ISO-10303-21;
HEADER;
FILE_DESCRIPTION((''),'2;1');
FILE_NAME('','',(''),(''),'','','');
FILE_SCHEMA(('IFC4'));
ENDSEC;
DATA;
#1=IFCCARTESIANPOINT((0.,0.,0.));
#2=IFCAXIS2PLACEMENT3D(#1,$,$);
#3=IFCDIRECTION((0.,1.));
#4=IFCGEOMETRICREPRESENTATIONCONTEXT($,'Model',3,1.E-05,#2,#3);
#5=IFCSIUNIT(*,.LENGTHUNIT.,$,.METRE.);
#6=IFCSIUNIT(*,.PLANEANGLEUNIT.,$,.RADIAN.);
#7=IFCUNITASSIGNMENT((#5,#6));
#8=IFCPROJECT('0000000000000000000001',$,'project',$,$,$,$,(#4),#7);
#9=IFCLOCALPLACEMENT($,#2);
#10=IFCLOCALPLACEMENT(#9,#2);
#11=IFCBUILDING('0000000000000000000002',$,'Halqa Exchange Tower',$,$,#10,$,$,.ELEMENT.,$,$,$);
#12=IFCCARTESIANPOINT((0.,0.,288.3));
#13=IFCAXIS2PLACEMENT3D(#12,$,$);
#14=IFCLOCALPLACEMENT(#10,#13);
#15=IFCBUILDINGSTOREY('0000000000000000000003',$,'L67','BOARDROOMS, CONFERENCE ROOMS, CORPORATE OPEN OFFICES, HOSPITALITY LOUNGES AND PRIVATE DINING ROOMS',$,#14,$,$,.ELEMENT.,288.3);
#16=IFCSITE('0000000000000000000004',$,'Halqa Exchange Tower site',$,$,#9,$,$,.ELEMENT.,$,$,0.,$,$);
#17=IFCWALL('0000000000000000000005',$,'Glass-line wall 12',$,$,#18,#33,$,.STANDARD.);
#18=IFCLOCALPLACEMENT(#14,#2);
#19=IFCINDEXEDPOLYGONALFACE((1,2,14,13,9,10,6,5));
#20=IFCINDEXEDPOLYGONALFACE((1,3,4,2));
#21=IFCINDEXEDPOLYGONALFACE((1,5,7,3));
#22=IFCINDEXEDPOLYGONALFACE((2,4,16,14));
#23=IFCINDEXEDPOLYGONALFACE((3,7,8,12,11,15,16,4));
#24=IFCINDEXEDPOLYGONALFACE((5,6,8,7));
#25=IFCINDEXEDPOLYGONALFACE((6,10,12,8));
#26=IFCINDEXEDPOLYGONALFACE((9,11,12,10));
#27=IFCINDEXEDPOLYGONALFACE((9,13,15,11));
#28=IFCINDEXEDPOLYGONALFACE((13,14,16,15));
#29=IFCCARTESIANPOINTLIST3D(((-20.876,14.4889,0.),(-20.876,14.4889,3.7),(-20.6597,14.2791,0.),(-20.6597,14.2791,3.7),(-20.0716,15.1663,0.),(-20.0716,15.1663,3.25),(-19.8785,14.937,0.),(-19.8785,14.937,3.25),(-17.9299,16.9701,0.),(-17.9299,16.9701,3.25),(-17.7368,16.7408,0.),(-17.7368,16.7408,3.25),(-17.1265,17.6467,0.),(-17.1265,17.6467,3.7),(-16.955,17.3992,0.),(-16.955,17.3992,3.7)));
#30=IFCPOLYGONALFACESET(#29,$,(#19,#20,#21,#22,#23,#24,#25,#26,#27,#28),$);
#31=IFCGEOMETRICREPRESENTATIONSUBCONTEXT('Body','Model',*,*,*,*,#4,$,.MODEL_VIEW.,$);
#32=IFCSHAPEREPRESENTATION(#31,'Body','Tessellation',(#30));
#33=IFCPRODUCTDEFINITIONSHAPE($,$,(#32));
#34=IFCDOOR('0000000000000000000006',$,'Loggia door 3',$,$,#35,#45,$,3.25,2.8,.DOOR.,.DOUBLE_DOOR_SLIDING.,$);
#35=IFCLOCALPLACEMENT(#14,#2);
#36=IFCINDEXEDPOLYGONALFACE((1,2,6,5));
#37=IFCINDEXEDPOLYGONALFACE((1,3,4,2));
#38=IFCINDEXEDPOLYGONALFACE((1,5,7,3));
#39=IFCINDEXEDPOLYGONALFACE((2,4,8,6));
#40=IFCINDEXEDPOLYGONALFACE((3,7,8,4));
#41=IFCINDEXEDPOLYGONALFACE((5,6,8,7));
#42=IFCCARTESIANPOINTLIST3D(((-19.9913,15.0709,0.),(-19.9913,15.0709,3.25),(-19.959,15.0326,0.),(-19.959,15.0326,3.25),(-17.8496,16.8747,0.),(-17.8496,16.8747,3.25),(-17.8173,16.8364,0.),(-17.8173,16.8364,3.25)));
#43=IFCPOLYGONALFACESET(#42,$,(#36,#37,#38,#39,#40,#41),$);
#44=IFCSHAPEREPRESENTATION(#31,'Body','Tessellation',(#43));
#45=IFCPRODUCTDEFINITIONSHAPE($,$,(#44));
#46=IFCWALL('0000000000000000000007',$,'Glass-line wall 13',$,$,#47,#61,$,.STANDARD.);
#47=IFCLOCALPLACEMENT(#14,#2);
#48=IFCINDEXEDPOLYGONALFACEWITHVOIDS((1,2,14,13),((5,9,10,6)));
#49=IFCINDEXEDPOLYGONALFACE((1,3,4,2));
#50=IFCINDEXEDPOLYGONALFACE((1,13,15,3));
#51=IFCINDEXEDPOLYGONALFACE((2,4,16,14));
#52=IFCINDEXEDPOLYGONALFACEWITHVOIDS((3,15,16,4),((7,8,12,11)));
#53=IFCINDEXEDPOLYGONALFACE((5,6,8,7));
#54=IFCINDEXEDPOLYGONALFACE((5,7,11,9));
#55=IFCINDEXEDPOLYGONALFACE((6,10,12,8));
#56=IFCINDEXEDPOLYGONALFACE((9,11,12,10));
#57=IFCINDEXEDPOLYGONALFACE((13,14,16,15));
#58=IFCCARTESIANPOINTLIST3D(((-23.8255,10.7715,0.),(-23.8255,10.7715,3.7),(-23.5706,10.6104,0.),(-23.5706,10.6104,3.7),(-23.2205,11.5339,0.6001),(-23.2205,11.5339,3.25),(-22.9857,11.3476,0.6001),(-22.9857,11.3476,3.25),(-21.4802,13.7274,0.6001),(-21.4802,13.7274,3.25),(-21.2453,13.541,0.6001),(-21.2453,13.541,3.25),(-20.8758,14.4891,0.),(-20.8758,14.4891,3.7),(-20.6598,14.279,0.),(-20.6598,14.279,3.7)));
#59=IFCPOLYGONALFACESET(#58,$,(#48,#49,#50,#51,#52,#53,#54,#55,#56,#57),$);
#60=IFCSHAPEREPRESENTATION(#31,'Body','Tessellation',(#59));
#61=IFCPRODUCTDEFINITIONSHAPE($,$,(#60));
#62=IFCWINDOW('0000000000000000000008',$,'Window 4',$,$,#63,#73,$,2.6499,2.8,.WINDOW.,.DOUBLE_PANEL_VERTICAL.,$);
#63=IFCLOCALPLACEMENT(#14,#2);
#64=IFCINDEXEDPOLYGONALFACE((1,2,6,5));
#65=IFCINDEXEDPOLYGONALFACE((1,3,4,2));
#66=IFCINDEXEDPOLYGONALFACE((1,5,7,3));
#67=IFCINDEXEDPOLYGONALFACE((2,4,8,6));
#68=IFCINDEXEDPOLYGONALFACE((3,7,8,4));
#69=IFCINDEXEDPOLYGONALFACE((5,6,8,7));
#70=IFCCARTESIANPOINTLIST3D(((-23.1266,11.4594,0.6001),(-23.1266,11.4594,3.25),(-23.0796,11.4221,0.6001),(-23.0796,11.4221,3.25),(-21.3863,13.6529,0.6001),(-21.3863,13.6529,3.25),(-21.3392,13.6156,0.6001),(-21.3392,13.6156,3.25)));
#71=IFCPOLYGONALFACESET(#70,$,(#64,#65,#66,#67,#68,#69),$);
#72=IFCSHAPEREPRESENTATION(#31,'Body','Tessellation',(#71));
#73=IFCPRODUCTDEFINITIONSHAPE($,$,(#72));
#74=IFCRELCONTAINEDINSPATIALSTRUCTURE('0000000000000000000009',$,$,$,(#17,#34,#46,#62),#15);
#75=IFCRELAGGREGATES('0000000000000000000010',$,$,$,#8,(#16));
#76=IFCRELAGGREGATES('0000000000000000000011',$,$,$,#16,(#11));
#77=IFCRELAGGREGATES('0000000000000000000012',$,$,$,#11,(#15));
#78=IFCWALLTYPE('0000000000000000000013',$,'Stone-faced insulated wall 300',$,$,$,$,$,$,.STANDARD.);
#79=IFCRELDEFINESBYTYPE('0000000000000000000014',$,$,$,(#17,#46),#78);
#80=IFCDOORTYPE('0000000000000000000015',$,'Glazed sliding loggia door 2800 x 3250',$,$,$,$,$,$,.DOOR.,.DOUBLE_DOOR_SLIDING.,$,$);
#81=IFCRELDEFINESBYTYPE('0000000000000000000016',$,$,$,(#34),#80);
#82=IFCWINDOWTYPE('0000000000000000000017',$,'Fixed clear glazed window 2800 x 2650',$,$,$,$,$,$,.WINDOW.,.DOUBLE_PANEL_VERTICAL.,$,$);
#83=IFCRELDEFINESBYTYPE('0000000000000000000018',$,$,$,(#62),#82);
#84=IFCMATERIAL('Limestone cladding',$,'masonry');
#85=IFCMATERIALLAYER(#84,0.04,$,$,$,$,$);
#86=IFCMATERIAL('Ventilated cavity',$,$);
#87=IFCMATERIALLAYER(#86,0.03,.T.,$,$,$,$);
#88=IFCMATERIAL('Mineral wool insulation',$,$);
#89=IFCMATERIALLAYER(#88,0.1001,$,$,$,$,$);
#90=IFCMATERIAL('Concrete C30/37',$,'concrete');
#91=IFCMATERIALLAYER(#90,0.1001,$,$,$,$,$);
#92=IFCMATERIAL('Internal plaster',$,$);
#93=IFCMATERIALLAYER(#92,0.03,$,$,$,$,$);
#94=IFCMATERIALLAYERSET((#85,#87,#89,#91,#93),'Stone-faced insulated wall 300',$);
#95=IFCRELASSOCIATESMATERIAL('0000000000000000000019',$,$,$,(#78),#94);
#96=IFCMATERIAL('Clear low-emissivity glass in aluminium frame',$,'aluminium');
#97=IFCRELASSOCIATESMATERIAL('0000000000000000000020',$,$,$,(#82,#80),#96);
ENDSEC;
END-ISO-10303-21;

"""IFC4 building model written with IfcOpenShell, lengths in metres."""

from ifc_helpers import new_model, si_unit, direction, frame, frame_2d, origin, place, context, subcontext, project, spatial, polyline, rectangle, outline, extrude, material, layer, layer_set, type_object, element, fill, save


model = new_model("IFC4")

# Units and contexts
model_context = context("Model", 3, precision=1e-05, world=origin(), true_north=direction((0.0, 1.0)))
body_context = subcontext(model_context, "Body", "Model", "MODEL_VIEW")
ifc_project = project(units=[si_unit("LENGTHUNIT", "METRE"), si_unit("PLANEANGLEUNIT", "RADIAN")], contexts=[model_context])

# Site, building, storey
site_placement = place(None, origin())
site = spatial("IfcSite", under=ifc_project, at=site_placement, Name="Halqa Exchange Tower site", CompositionType="ELEMENT", RefElevation=0.0)
building_placement = place(site_placement, origin())
building = spatial("IfcBuilding", under=site, at=building_placement, Name="Halqa Exchange Tower", CompositionType="ELEMENT")
storey_placement = place(building_placement, frame((0.0, 0.0, 288.3)))
storey = spatial("IfcBuildingStorey", under=building, at=storey_placement, Name="L67", Description="BOARDROOMS, CONFERENCE ROOMS, CORPORATE OPEN OFFICES, HOSPITALITY LOUNGES AND PRIVATE DINING ROOMS", CompositionType="ELEMENT", Elevation=288.3)

# Shared definitions
ifc_material_1 = material(Name="Limestone cladding", Category="masonry")
ifc_layer_1 = layer(ifc_material_1, 0.04)
ifc_material_2 = material(Name="Ventilated cavity")
ifc_layer_2 = layer(ifc_material_2, 0.03, ventilated=True)
ifc_material_3 = material(Name="Mineral wool insulation")
ifc_layer_3 = layer(ifc_material_3, 0.1001)
ifc_material_4 = material(Name="Concrete C30/37", Category="concrete")
ifc_layer_4 = layer(ifc_material_4, 0.1001)
ifc_material_5 = material(Name="Internal plaster")
ifc_layer_5 = layer(ifc_material_5, 0.03)
ifc_layer_set_1 = layer_set([ifc_layer_1, ifc_layer_2, ifc_layer_3, ifc_layer_4, ifc_layer_5], Name="Stone-faced insulated wall 300")
wall_type_1 = type_object("IfcWallType", Name="Stone-faced insulated wall 300", PredefinedType="STANDARD", material=ifc_layer_set_1)
ifc_material_6 = material(Name="Clear low-emissivity glass in aluminium frame", Category="aluminium")
window_type = type_object("IfcWindowType", Name="Fixed clear glazed window 2800 x 2650", PartitioningType="DOUBLE_PANEL_VERTICAL", PredefinedType="WINDOW", material=ifc_material_6)

# Wall, opening, door
wall_1_placement = place(storey_placement, frame((-17.0408, 17.5229, 0.0), z_axis=(0.0, 0.0, 1.0), x_axis=(-0.764876, -0.644177, 0.0)))
wall_1 = element("IfcWall", 1, at=wall_1_placement, inside=storey, type_object=wall_type_1, Name="Glass-line wall 12", PredefinedType="STANDARD", context=body_context, shape_type="SweptSolid", body=[
    extrude(outline(polyline([(-0.0142, -0.1499), (4.8879, -0.1499), (4.8577, 0.1499), (0.0142, 0.1499), (-0.0142, -0.1499)])), origin(), (0.0, 0.0, 1.0), 3.7),
])
opening_1_placement = place(wall_1_placement, frame((1.0364, 0.0, 0.0)))
opening_1 = element("IfcOpeningElement", 2, at=opening_1_placement, cuts=wall_1, PredefinedType="OPENING", context=body_context, shape_type="SweptSolid", body=[
    extrude(rectangle(XDim=2.8, YDim=3.25, at=frame_2d((1.3999, 1.625))), frame((0.0, 0.1621, 0.0), z_axis=(0.0, -1.0, 0.0), x_axis=(1.0, 0.0, 0.0)), (0.0, 0.0, 1.0), 0.324),
])
door_type_1 = type_object("IfcDoorType", Name="Glazed sliding loggia door 2800 x 3250", OperationType="DOUBLE_DOOR_SLIDING", PredefinedType="DOOR", material=ifc_material_6)
door_1_placement = place(opening_1_placement, origin())
door_1 = element("IfcDoor", 3, at=door_1_placement, inside=storey, type_object=door_type_1, Name="Loggia door 3", OperationType="DOUBLE_DOOR_SLIDING", OverallHeight=3.25, OverallWidth=2.8, PredefinedType="DOOR", context=body_context, shape_type="SweptSolid", body=[
    extrude(rectangle(XDim=2.8, YDim=3.25, at=frame_2d((1.3999, 1.625))), frame((0.0, 0.0249, 0.0), z_axis=(0.0, -1.0, 0.0), x_axis=(1.0, 0.0, 0.0)), (0.0, 0.0, 1.0), 0.05),
])
fill(opening_1, door_1)

# Wall, opening, window
wall_2_placement = place(storey_placement, frame((-20.7678, 14.384, 0.0), z_axis=(0.0, 0.0, 1.0), x_axis=(-0.621545, -0.783379, 0.0)))
wall_2 = element("IfcWall", 4, at=wall_2_placement, inside=storey, type_object=wall_type_1, Name="Glass-line wall 13", PredefinedType="STANDARD", context=body_context, shape_type="SweptSolid", body=[
    extrude(outline(polyline([(-0.0151, -0.1499), (4.7305, -0.1499), (4.6982, 0.1499), (0.0151, 0.1499), (-0.0151, -0.1499)])), origin(), (0.0, 0.0, 1.0), 3.7),
])
opening_2_placement = place(wall_2_placement, frame((0.9573, 0.0, 0.6001)))
opening_2 = element("IfcOpeningElement", 5, at=opening_2_placement, cuts=wall_2, PredefinedType="OPENING", context=body_context, shape_type="SweptSolid", body=[
    extrude(rectangle(XDim=2.8, YDim=2.6499, at=frame_2d((1.3999, 1.325))), frame((0.0, 0.1621, 0.0), z_axis=(0.0, -1.0, 0.0), x_axis=(1.0, 0.0, 0.0)), (0.0, 0.0, 1.0), 0.324),
])
window_1_placement = place(opening_2_placement, origin())
window_1 = element("IfcWindow", 6, at=window_1_placement, inside=storey, type_object=window_type, Name="Window 4", OverallHeight=2.6499, OverallWidth=2.8, PartitioningType="DOUBLE_PANEL_VERTICAL", PredefinedType="WINDOW", context=body_context, shape_type="SweptSolid", body=[
    extrude(rectangle(XDim=2.8, YDim=2.6499, at=frame_2d((1.3999, 1.325))), frame((0.0, 0.03, 0.0), z_axis=(0.0, -1.0, 0.0), x_axis=(1.0, 0.0, 0.0)), (0.0, 0.0, 1.0), 0.0601),
])
fill(opening_2, window_1)

save(model, "model.ifc")
